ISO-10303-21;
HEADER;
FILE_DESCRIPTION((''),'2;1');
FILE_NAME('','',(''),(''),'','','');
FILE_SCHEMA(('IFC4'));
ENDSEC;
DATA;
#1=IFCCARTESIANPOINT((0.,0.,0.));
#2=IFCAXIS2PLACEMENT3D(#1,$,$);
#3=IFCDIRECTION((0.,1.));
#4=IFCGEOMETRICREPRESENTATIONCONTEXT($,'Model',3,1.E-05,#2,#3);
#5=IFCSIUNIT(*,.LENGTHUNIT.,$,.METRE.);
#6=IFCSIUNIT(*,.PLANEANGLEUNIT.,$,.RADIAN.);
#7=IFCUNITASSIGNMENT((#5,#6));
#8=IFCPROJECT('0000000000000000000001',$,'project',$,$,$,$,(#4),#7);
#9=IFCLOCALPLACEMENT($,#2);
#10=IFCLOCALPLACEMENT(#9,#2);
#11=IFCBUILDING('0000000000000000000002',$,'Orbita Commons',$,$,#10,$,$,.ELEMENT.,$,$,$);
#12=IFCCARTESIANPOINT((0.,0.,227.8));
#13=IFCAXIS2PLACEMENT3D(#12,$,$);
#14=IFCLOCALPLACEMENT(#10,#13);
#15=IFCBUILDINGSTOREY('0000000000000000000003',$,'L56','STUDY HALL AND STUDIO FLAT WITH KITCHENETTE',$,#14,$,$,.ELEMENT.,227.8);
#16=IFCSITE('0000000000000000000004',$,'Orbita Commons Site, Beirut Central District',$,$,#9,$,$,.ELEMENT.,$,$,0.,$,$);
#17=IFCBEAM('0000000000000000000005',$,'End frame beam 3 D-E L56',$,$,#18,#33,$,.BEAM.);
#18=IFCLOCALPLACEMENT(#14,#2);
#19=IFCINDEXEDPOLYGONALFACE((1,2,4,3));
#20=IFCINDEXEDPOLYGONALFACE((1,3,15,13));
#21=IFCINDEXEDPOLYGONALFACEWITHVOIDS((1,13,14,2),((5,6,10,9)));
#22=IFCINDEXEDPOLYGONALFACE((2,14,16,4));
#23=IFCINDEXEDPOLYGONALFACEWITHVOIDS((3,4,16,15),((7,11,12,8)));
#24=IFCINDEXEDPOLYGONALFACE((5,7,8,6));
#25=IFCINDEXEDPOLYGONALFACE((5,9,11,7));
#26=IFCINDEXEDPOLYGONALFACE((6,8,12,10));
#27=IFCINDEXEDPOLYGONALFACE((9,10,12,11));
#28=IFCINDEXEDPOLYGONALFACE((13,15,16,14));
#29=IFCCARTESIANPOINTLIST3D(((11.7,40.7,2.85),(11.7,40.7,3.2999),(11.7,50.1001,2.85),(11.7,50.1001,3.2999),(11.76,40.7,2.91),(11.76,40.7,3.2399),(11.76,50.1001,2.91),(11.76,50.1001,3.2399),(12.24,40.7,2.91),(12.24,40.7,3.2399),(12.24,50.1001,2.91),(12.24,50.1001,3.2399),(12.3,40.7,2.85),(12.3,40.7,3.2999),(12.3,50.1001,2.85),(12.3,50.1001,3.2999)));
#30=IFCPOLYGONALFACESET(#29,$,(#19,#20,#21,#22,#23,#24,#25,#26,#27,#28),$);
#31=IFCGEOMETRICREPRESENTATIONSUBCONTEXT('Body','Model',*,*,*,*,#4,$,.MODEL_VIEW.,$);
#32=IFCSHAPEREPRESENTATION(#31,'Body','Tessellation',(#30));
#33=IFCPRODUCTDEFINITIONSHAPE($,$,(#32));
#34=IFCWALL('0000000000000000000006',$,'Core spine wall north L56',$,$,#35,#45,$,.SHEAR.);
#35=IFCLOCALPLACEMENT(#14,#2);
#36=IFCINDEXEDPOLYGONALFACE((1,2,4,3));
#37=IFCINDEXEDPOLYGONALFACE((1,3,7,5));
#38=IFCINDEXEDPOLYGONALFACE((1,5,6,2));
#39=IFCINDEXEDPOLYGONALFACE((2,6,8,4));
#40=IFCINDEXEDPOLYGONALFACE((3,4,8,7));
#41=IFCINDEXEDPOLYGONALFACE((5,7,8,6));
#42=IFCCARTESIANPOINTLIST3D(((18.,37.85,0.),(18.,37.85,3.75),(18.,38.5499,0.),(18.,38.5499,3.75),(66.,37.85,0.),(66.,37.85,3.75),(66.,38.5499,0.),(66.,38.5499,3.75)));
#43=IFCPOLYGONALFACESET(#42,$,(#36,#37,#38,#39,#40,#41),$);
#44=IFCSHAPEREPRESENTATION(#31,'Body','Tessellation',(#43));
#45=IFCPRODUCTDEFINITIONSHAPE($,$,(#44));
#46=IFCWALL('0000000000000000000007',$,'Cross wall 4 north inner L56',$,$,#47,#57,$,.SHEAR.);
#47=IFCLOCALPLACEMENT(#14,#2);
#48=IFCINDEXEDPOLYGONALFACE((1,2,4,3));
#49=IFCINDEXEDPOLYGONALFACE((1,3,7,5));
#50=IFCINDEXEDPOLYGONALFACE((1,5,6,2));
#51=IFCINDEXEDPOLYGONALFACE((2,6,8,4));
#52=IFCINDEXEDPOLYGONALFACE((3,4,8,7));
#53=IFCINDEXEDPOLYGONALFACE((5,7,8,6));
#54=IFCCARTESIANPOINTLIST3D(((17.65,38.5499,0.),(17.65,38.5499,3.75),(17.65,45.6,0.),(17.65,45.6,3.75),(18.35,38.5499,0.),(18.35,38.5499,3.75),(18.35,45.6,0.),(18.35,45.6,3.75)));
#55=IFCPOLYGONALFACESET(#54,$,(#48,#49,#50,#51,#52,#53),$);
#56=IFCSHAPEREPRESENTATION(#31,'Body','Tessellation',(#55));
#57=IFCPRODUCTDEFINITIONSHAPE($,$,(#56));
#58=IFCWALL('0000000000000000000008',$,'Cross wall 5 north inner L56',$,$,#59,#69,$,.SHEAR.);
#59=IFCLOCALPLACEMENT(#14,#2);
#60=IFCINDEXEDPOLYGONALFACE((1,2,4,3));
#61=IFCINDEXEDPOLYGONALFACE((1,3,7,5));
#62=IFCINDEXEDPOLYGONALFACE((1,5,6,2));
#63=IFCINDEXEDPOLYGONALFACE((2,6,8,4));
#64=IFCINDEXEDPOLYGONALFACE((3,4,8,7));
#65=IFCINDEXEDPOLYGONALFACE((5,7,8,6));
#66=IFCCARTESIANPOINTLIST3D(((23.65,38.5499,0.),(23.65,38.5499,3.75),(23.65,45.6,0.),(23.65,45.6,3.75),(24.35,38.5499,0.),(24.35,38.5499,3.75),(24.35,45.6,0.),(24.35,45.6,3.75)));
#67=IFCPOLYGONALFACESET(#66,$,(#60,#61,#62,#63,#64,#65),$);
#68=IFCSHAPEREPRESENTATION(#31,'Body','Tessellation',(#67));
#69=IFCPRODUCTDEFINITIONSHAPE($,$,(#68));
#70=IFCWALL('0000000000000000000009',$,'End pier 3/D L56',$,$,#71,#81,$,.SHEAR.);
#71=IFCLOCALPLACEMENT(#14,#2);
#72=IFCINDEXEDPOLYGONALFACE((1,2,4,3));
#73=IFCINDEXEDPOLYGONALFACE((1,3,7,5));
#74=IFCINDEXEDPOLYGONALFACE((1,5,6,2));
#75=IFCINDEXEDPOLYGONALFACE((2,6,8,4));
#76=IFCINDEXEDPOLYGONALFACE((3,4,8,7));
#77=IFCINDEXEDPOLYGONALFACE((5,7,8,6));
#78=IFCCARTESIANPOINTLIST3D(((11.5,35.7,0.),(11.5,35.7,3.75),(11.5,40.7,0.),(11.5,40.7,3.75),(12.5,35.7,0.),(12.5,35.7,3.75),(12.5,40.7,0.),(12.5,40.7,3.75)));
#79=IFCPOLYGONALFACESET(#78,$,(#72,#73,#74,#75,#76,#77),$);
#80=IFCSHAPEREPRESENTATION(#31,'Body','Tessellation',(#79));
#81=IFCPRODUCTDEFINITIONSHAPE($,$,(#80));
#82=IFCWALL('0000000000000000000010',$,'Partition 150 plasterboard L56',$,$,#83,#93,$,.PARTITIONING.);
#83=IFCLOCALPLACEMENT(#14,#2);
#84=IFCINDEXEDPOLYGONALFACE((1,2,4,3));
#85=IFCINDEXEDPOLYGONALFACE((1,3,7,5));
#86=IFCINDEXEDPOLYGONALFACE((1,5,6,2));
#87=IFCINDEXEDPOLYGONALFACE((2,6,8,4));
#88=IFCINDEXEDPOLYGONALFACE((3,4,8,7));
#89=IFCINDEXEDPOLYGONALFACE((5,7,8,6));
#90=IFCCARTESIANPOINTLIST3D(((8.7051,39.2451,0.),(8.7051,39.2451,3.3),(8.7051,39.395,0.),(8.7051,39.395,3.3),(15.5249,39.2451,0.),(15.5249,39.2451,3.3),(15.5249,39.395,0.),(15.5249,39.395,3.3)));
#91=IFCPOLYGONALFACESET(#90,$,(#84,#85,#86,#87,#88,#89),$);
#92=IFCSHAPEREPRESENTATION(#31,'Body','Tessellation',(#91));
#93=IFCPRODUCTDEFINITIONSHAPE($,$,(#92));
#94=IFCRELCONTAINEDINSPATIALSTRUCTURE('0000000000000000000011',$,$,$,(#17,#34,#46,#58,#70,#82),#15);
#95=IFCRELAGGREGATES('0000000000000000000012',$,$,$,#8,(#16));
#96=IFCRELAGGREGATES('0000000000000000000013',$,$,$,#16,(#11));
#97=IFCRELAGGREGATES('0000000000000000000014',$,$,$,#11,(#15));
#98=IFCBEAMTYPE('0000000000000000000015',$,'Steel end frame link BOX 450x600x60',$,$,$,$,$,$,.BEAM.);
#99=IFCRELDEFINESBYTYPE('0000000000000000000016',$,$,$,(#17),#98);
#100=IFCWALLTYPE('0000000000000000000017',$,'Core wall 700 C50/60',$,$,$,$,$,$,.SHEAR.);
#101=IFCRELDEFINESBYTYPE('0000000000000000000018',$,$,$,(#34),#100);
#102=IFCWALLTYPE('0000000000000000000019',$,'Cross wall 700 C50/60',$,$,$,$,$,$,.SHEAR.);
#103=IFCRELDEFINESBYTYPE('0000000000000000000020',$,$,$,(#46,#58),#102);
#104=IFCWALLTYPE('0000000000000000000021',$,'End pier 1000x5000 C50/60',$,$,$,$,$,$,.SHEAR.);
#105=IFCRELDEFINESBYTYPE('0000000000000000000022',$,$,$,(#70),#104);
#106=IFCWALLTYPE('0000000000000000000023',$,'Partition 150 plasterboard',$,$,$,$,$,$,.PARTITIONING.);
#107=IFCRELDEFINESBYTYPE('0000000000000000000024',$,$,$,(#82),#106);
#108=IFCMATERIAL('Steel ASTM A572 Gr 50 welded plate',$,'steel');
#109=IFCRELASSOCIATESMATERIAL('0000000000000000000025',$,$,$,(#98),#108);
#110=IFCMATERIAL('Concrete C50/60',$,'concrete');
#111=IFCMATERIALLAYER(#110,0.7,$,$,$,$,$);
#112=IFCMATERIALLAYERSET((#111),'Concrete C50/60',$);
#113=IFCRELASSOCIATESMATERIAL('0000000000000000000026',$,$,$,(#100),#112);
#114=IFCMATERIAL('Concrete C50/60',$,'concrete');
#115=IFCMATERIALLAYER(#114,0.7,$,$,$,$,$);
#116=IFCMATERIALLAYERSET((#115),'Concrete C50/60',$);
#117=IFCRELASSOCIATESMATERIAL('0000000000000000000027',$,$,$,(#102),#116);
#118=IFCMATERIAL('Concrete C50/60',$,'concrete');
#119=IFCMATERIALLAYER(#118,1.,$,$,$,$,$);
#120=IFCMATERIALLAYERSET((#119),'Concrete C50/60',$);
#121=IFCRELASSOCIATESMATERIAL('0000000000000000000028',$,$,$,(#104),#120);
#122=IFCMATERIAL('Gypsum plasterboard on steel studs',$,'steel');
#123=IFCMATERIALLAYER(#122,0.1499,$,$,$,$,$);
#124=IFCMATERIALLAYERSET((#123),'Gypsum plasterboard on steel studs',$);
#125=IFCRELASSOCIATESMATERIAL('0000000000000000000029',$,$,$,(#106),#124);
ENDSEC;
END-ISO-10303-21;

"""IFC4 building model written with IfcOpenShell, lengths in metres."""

from ifc_helpers import new_model, si_unit, direction, frame, frame_2d, origin, origin_2d, place, context, subcontext, project, spatial, rectangle, hollow_rectangle, extrude, material, layer, layer_set, material_profile, profile_set, type_object, element, save


model = new_model("IFC4")

# Units and contexts
model_context = context("Model", 3, precision=1e-05, world=origin(), true_north=direction((0.0, 1.0)))
body_context = subcontext(model_context, "Body", "Model", "MODEL_VIEW")
ifc_project = project(units=[si_unit("LENGTHUNIT", "METRE"), si_unit("PLANEANGLEUNIT", "RADIAN")], contexts=[model_context])

# Site, building, storey
site_placement = place(None, origin())
site = spatial("IfcSite", under=ifc_project, at=site_placement, Name="Orbita Commons Site, Beirut Central District", CompositionType="ELEMENT", RefElevation=0.0)
building_placement = place(site_placement, origin())
building = spatial("IfcBuilding", under=site, at=building_placement, Name="Orbita Commons", CompositionType="ELEMENT")
storey_placement = place(building_placement, frame((0.0, 0.0, 227.8)))
storey = spatial("IfcBuildingStorey", under=building, at=storey_placement, Name="L56", Description="STUDY HALL AND STUDIO FLAT WITH KITCHENETTE", CompositionType="ELEMENT", Elevation=227.8)

# Beam
ifc_material_1 = material(Name="Steel ASTM A572 Gr 50 welded plate", Category="steel")
ifc_material_profile = material_profile(ifc_material_1, hollow_rectangle(XDim=0.6001, YDim=0.45, WallThickness=0.0601, at=origin_2d()), Name="BOX 450x600x60")
ifc_profile_set = profile_set([ifc_material_profile], Name="Steel ASTM A572 Gr 50 welded plate")
beam_type = type_object("IfcBeamType", Name="Steel end frame link BOX 450x600x60", PredefinedType="BEAM", material=ifc_profile_set)
beam_placement = place(storey_placement, frame((12.0, 40.7, 3.075), z_axis=(0.0, 1.0, 0.0), x_axis=(-1.0, 0.0, 0.0)))
element("IfcBeam", 1, at=beam_placement, inside=storey, type_object=beam_type, Name="End frame beam 3 D-E L56", PredefinedType="BEAM", context=body_context, shape_type="SweptSolid", body=[
    extrude(hollow_rectangle(XDim=0.6001, YDim=0.45, WallThickness=0.0601, at=origin_2d()), origin(), (0.0, 0.0, 1.0), 9.4001),
])

# Walls
ifc_material_2 = material(Name="Concrete C50/60", Category="concrete")
ifc_layer_1 = layer(ifc_material_2, 0.7)
ifc_layer_set_1 = layer_set([ifc_layer_1], Name="Concrete C50/60")
wall_type_1 = type_object("IfcWallType", Name="Core wall 700 C50/60", PredefinedType="SHEAR", material=ifc_layer_set_1)
wall_1_placement = place(storey_placement, frame((18.0, 38.2, 0.0), z_axis=(0.0, 0.0, 1.0), x_axis=(1.0, 0.0, 0.0)))
element("IfcWall", 2, at=wall_1_placement, inside=storey, type_object=wall_type_1, Name="Core spine wall north L56", PredefinedType="SHEAR", context=body_context, shape_type="SweptSolid", body=[
    extrude(rectangle(XDim=48.0, YDim=0.7, at=frame_2d((24.0, 0.0))), origin(), (0.0, 0.0, 1.0), 3.75),
])
ifc_material_3 = material(Name="Concrete C50/60", Category="concrete")
ifc_layer_2 = layer(ifc_material_3, 0.7)
ifc_layer_set_2 = layer_set([ifc_layer_2], Name="Concrete C50/60")
wall_type_2 = type_object("IfcWallType", Name="Cross wall 700 C50/60", PredefinedType="SHEAR", material=ifc_layer_set_2)
for number, where, z_axis, x_axis, name in (
    (3, (18.0, 38.55, 0.0), (0.0, 0.0, 1.0), (0.0, 1.0, 0.0), "Cross wall 4 north inner L56"),
    (4, (24.0, 38.55, 0.0), (0.0, 0.0, 1.0), (0.0, 1.0, 0.0), "Cross wall 5 north inner L56"),
):
    element("IfcWall", number, at=place(storey_placement, frame(where, z_axis=z_axis, x_axis=x_axis)), inside=storey, type_object=wall_type_2, Name=name, PredefinedType="SHEAR", context=body_context, shape_type="SweptSolid", body=[
        extrude(rectangle(XDim=7.05, YDim=0.7, at=frame_2d((3.5249, 0.0))), origin(), (0.0, 0.0, 1.0), 3.75),
    ])
ifc_material_4 = material(Name="Concrete C50/60", Category="concrete")
ifc_layer_3 = layer(ifc_material_4, 1.0)
ifc_layer_set_3 = layer_set([ifc_layer_3], Name="Concrete C50/60")
wall_type_3 = type_object("IfcWallType", Name="End pier 1000x5000 C50/60", PredefinedType="SHEAR", material=ifc_layer_set_3)
wall_2_placement = place(storey_placement, frame((12.0, 35.7, 0.0), z_axis=(0.0, 0.0, 1.0), x_axis=(0.0, 1.0, 0.0)))
element("IfcWall", 5, at=wall_2_placement, inside=storey, type_object=wall_type_3, Name="End pier 3/D L56", PredefinedType="SHEAR", context=body_context, shape_type="SweptSolid", body=[
    extrude(rectangle(XDim=5.0, YDim=1.0, at=frame_2d((2.5, 0.0))), origin(), (0.0, 0.0, 1.0), 3.75),
])
ifc_material_5 = material(Name="Gypsum plasterboard on steel studs", Category="steel")
ifc_layer_4 = layer(ifc_material_5, 0.1499)
ifc_layer_set_4 = layer_set([ifc_layer_4], Name="Gypsum plasterboard on steel studs")
wall_type_4 = type_object("IfcWallType", Name="Partition 150 plasterboard", PredefinedType="PARTITIONING", material=ifc_layer_set_4)
wall_3_placement = place(storey_placement, frame((8.7051, 39.3201, 0.0), z_axis=(0.0, 0.0, 1.0), x_axis=(1.0, 0.0, 0.0)))
element("IfcWall", 6, at=wall_3_placement, inside=storey, type_object=wall_type_4, Name="Partition 150 plasterboard L56", PredefinedType="PARTITIONING", context=body_context, shape_type="SweptSolid", body=[
    extrude(rectangle(XDim=6.8198, YDim=0.1499, at=frame_2d((3.4099, 0.0))), origin(), (0.0, 0.0, 1.0), 3.3),
])

save(model, "model.ifc")
